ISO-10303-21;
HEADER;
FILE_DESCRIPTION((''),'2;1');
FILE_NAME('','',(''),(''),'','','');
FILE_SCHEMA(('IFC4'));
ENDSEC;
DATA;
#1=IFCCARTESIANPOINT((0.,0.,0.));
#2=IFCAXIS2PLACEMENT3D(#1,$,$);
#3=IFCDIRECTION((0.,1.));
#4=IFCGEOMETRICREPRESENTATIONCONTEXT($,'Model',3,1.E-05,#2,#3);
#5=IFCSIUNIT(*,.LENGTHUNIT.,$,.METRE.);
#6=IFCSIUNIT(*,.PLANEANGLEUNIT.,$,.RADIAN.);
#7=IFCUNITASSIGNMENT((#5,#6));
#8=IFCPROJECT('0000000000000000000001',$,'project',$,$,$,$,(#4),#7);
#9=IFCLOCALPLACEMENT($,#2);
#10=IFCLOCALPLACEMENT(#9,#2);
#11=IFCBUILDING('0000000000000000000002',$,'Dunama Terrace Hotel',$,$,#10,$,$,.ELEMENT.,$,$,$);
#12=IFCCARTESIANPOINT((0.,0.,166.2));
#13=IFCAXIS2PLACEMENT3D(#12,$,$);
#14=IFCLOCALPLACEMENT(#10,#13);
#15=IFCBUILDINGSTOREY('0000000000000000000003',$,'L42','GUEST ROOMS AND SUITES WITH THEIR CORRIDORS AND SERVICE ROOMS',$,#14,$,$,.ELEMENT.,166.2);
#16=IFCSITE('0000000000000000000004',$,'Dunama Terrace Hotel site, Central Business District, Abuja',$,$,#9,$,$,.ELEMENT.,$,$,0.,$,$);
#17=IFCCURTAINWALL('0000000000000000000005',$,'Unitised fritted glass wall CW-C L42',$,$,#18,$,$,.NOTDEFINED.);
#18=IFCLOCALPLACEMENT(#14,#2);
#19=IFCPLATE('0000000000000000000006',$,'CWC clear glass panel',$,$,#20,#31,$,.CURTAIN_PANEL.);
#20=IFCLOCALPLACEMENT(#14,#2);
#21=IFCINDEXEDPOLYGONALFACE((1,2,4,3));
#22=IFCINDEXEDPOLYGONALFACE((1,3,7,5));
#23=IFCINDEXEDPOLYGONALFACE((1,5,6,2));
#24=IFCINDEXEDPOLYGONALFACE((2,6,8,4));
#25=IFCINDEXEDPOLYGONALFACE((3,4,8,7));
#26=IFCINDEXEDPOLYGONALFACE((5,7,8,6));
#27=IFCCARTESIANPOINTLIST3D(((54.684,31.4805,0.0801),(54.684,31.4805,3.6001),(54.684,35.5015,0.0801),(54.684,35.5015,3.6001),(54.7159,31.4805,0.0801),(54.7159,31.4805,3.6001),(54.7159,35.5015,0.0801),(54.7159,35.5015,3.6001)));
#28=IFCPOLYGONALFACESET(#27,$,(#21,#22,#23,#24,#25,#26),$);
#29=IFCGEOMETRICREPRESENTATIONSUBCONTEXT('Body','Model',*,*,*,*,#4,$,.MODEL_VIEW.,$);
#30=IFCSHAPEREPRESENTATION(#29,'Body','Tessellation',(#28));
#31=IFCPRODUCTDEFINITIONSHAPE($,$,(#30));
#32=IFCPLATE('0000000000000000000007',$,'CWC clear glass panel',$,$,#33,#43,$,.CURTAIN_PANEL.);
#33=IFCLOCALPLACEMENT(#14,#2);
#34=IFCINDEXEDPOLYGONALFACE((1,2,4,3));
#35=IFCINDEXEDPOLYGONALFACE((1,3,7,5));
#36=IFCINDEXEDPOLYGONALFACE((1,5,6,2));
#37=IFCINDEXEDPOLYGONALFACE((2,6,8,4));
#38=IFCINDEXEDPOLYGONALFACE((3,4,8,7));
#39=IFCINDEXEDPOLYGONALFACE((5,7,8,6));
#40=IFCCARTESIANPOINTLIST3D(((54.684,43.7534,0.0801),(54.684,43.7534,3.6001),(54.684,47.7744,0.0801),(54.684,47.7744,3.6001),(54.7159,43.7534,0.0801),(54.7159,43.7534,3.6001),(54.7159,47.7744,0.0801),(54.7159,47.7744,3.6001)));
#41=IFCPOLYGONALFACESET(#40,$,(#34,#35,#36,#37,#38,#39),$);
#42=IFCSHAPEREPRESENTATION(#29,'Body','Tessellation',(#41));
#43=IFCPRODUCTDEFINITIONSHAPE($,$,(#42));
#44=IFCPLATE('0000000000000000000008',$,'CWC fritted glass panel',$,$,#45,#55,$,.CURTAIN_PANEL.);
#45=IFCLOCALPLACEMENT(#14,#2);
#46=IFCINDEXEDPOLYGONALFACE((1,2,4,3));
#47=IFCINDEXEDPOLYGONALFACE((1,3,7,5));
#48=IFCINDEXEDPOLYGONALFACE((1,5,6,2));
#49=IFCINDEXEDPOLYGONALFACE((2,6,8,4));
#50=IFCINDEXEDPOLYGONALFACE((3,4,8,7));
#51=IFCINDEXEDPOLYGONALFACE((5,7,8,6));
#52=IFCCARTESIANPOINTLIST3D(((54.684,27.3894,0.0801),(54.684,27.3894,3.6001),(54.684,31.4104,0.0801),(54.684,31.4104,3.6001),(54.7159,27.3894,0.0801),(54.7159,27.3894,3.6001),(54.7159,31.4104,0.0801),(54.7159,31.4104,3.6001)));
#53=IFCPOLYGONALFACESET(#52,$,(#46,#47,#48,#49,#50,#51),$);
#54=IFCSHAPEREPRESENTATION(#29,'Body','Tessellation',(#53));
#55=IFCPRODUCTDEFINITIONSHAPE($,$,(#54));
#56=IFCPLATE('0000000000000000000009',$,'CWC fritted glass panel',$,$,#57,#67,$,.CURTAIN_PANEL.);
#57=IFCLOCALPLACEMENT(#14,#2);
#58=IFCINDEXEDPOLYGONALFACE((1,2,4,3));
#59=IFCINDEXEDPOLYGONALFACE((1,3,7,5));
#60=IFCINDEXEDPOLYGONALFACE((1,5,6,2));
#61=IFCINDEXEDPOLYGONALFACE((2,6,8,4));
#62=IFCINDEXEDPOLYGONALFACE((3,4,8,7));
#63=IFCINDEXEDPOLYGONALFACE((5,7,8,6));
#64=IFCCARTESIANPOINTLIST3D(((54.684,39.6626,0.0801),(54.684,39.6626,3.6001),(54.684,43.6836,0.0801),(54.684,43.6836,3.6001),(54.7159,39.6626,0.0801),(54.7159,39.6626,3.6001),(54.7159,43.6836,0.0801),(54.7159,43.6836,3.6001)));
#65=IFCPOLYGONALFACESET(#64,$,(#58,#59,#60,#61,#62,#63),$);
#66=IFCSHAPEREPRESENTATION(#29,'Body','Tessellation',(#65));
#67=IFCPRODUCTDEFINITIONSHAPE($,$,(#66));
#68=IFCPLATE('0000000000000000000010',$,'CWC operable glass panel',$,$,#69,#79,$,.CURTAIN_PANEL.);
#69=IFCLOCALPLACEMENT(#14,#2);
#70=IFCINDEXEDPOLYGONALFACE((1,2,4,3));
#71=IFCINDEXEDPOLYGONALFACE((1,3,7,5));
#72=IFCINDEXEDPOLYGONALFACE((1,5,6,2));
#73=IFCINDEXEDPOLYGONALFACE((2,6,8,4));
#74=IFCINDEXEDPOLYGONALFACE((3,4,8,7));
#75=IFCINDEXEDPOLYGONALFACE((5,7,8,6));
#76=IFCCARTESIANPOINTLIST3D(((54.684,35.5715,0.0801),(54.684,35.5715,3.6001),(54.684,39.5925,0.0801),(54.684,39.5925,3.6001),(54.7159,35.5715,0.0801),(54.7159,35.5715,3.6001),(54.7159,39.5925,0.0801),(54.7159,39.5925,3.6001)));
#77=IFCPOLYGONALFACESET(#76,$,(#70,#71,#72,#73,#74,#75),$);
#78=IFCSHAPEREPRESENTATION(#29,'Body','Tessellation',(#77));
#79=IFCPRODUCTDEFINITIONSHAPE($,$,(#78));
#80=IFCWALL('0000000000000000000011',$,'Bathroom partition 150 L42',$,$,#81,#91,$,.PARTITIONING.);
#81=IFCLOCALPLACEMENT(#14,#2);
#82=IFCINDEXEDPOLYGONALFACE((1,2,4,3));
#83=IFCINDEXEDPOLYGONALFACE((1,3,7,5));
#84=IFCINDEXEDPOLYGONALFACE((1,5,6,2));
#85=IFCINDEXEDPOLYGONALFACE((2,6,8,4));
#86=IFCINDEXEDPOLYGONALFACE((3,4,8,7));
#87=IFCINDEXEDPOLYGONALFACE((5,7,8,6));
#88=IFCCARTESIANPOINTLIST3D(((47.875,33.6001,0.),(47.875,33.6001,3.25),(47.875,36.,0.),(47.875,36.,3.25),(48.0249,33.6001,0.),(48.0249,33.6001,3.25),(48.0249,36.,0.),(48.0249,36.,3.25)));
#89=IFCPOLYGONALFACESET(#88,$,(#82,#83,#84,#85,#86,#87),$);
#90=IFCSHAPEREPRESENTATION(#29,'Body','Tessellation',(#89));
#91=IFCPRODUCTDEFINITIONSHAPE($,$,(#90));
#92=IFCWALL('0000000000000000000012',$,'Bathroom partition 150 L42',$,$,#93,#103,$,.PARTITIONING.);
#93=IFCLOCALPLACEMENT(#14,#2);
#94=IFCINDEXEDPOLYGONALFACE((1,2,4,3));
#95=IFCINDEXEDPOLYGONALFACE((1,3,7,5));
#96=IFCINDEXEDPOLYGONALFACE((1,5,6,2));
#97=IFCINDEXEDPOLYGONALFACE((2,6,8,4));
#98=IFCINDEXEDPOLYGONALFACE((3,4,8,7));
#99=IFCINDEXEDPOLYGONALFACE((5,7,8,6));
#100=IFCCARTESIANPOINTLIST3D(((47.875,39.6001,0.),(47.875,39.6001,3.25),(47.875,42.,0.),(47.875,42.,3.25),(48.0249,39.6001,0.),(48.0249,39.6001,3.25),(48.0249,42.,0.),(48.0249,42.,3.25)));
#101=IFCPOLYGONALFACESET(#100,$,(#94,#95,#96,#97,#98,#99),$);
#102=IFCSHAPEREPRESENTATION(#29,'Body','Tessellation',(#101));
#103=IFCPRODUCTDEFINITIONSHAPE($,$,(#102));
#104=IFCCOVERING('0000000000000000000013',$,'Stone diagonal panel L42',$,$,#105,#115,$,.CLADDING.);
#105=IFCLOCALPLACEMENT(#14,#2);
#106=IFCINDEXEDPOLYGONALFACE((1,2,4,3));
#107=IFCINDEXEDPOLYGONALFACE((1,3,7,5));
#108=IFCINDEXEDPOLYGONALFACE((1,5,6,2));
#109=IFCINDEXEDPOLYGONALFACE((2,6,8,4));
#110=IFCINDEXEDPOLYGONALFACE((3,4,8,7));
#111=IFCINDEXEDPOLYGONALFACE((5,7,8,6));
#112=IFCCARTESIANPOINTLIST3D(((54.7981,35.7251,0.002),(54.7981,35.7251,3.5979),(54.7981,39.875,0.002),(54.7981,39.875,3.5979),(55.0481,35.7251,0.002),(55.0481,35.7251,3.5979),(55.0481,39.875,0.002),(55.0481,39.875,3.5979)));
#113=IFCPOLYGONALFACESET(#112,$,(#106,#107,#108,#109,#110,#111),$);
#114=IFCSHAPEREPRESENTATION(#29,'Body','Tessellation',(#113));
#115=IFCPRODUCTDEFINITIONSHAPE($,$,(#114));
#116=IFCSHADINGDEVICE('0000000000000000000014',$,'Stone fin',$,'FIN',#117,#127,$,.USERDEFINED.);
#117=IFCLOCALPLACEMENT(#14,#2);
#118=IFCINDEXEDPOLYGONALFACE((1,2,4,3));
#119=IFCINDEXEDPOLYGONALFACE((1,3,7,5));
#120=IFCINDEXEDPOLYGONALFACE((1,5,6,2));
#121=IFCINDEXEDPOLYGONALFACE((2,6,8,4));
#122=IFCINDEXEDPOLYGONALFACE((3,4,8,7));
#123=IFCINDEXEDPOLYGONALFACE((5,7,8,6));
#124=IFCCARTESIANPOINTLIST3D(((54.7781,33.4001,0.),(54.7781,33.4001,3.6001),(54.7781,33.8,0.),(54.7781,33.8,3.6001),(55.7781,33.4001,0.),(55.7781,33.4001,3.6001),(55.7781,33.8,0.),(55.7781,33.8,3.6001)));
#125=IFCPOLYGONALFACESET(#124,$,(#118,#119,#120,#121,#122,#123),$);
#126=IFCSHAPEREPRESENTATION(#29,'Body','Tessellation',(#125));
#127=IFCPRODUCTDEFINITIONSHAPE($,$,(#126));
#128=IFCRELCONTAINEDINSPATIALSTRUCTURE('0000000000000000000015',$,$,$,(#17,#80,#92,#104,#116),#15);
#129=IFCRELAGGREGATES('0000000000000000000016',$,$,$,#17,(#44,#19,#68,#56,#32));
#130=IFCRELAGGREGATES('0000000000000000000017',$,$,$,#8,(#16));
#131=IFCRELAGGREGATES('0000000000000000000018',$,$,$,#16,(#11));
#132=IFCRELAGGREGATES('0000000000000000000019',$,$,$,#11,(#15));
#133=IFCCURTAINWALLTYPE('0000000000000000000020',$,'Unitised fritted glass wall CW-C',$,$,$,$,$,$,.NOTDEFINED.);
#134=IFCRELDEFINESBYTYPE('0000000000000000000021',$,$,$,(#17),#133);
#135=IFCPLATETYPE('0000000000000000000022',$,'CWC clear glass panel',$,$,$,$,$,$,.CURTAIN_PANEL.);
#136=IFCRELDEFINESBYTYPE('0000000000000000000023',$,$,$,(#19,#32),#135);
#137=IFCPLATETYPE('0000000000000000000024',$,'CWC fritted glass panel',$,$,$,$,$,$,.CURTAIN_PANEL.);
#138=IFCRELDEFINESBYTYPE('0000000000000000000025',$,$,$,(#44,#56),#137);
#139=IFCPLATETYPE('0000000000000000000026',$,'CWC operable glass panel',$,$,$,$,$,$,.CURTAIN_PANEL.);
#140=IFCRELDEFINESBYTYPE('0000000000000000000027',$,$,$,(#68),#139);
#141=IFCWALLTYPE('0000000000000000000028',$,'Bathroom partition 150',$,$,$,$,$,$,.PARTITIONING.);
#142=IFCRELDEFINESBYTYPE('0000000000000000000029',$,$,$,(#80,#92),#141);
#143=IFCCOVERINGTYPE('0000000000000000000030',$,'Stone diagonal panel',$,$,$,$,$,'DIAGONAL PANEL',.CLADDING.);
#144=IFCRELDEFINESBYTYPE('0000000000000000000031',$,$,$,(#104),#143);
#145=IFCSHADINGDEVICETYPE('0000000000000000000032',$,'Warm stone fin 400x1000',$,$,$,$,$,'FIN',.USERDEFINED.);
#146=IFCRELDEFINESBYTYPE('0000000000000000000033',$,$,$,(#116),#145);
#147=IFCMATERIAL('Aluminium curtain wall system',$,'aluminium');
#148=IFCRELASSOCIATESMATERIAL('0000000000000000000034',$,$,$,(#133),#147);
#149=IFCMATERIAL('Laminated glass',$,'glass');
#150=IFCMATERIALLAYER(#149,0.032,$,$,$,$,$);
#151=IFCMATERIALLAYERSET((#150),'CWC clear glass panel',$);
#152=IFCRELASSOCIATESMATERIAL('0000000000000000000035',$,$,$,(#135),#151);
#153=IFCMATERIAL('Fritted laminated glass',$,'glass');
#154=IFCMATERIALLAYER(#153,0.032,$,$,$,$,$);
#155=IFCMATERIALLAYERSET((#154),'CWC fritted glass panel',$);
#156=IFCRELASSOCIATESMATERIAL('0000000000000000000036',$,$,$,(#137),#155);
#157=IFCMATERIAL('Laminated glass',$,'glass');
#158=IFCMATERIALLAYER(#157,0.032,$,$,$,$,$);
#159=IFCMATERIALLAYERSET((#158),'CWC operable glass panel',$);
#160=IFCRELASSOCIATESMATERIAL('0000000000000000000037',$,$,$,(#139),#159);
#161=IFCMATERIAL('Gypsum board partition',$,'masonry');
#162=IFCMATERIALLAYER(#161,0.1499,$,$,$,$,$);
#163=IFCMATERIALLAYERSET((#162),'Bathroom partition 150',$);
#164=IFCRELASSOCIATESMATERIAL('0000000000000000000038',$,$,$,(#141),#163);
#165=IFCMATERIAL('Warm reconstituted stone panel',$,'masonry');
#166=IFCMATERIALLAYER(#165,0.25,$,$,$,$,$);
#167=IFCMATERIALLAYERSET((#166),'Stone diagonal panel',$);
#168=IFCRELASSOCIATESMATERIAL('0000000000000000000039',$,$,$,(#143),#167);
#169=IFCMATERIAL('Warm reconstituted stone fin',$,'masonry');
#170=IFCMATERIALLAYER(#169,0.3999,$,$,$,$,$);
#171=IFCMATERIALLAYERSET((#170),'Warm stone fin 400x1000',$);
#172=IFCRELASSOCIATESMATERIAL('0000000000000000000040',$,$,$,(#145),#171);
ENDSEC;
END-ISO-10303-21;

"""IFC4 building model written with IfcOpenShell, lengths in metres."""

from ifc_helpers import new_model, si_unit, direction, frame, frame_2d, origin, origin_2d, place, context, subcontext, project, spatial, rectangle, extrude, material, layer, layer_set, type_object, element, aggregate, save


model = new_model("IFC4")

# Units and contexts
model_context = context("Model", 3, precision=1e-05, world=origin(), true_north=direction((0.0, 1.0)))
body_context = subcontext(model_context, "Body", "Model", "MODEL_VIEW")
ifc_project = project(units=[si_unit("LENGTHUNIT", "METRE"), si_unit("PLANEANGLEUNIT", "RADIAN")], contexts=[model_context])

# Site, building, storey
site_placement = place(None, origin())
site = spatial("IfcSite", under=ifc_project, at=site_placement, Name="Dunama Terrace Hotel site, Central Business District, Abuja", CompositionType="ELEMENT", RefElevation=0.0)
building_placement = place(site_placement, origin())
building = spatial("IfcBuilding", under=site, at=building_placement, Name="Dunama Terrace Hotel", CompositionType="ELEMENT")
storey_placement = place(building_placement, frame((0.0, 0.0, 166.2)))
storey = spatial("IfcBuildingStorey", under=building, at=storey_placement, Name="L42", Description="GUEST ROOMS AND SUITES WITH THEIR CORRIDORS AND SERVICE ROOMS", CompositionType="ELEMENT", Elevation=166.2)

# Curtain wall
ifc_material_1 = material(Name="Aluminium curtain wall system", Category="aluminium")
curtain_wall_type = type_object("IfcCurtainWallType", Name="Unitised fritted glass wall CW-C", PredefinedType="NOTDEFINED", material=ifc_material_1)
curtain_wall_placement = place(storey_placement, origin())
curtain_wall = element("IfcCurtainWall", 1, at=curtain_wall_placement, inside=storey, type_object=curtain_wall_type, Name="Unitised fritted glass wall CW-C L42", PredefinedType="NOTDEFINED")

# Plates
ifc_material_2 = material(Name="Laminated glass", Category="glass")
ifc_layer_1 = layer(ifc_material_2, 0.032)
ifc_layer_set_1 = layer_set([ifc_layer_1], Name="CWC clear glass panel")
plate_type_1 = type_object("IfcPlateType", Name="CWC clear glass panel", PredefinedType="CURTAIN_PANEL", material=ifc_layer_set_1)
plate_1_placement = place(storey_placement, frame((54.7, 33.491, 0.0801), z_axis=(0.0, 0.0, 1.0), x_axis=(0.0, 1.0, 0.0)))
plate_1 = element("IfcPlate", 2, at=plate_1_placement, type_object=plate_type_1, Name="CWC clear glass panel", PredefinedType="CURTAIN_PANEL", context=body_context, shape_type="SweptSolid", body=[
    extrude(rectangle(XDim=4.021, YDim=0.032, at=origin_2d()), origin(), (0.0, 0.0, 1.0), 3.52),
])
plate_2_placement = place(storey_placement, frame((54.7, 45.7639, 0.0801), z_axis=(0.0, 0.0, 1.0), x_axis=(0.0, 1.0, 0.0)))
plate_2 = element("IfcPlate", 3, at=plate_2_placement, type_object=plate_type_1, Name="CWC clear glass panel", PredefinedType="CURTAIN_PANEL", context=body_context, shape_type="SweptSolid", body=[
    extrude(rectangle(XDim=4.021, YDim=0.032, at=origin_2d()), origin(), (0.0, 0.0, 1.0), 3.52),
])
ifc_material_3 = material(Name="Fritted laminated glass", Category="glass")
ifc_layer_2 = layer(ifc_material_3, 0.032)
ifc_layer_set_2 = layer_set([ifc_layer_2], Name="CWC fritted glass panel")
plate_type_2 = type_object("IfcPlateType", Name="CWC fritted glass panel", PredefinedType="CURTAIN_PANEL", material=ifc_layer_set_2)
plate_3_placement = place(storey_placement, frame((54.7, 29.3999, 0.0801), z_axis=(0.0, 0.0, 1.0), x_axis=(0.0, 1.0, 0.0)))
plate_3 = element("IfcPlate", 4, at=plate_3_placement, type_object=plate_type_2, Name="CWC fritted glass panel", PredefinedType="CURTAIN_PANEL", context=body_context, shape_type="SweptSolid", body=[
    extrude(rectangle(XDim=4.021, YDim=0.032, at=origin_2d()), origin(), (0.0, 0.0, 1.0), 3.52),
])
plate_4_placement = place(storey_placement, frame((54.7, 41.6731, 0.0801), z_axis=(0.0, 0.0, 1.0), x_axis=(0.0, 1.0, 0.0)))
plate_4 = element("IfcPlate", 5, at=plate_4_placement, type_object=plate_type_2, Name="CWC fritted glass panel", PredefinedType="CURTAIN_PANEL", context=body_context, shape_type="SweptSolid", body=[
    extrude(rectangle(XDim=4.021, YDim=0.032, at=origin_2d()), origin(), (0.0, 0.0, 1.0), 3.52),
])
ifc_material_4 = material(Name="Laminated glass", Category="glass")
ifc_layer_3 = layer(ifc_material_4, 0.032)
ifc_layer_set_3 = layer_set([ifc_layer_3], Name="CWC operable glass panel")
plate_type_3 = type_object("IfcPlateType", Name="CWC operable glass panel", PredefinedType="CURTAIN_PANEL", material=ifc_layer_set_3)
plate_5_placement = place(storey_placement, frame((54.7, 37.582, 0.0801), z_axis=(0.0, 0.0, 1.0), x_axis=(0.0, 1.0, 0.0)))
plate_5 = element("IfcPlate", 6, at=plate_5_placement, type_object=plate_type_3, Name="CWC operable glass panel", PredefinedType="CURTAIN_PANEL", context=body_context, shape_type="SweptSolid", body=[
    extrude(rectangle(XDim=4.021, YDim=0.032, at=origin_2d()), origin(), (0.0, 0.0, 1.0), 3.52),
])
aggregate(curtain_wall, [plate_3, plate_1, plate_5, plate_4, plate_2])

# Walls
ifc_material_5 = material(Name="Gypsum board partition", Category="masonry")
ifc_layer_4 = layer(ifc_material_5, 0.1499)
ifc_layer_set_4 = layer_set([ifc_layer_4], Name="Bathroom partition 150")
wall_type = type_object("IfcWallType", Name="Bathroom partition 150", PredefinedType="PARTITIONING", material=ifc_layer_set_4)
for number, where, z_axis, x_axis, name in (
    (7, (47.95, 33.6001, 0.0), (0.0, 0.0, 1.0), (0.0, 1.0, 0.0), "Bathroom partition 150 L42"),
    (8, (47.95, 39.6001, 0.0), (0.0, 0.0, 1.0), (0.0, 1.0, 0.0), "Bathroom partition 150 L42"),
):
    element("IfcWall", number, at=place(storey_placement, frame(where, z_axis=z_axis, x_axis=x_axis)), inside=storey, type_object=wall_type, Name=name, PredefinedType="PARTITIONING", context=body_context, shape_type="SweptSolid", body=[
        extrude(rectangle(XDim=2.3999, YDim=0.1499, at=frame_2d((1.2, 0.0))), origin(), (0.0, 0.0, 1.0), 3.25),
    ])

# Covering
ifc_material_6 = material(Name="Warm reconstituted stone panel", Category="masonry")
ifc_layer_5 = layer(ifc_material_6, 0.25)
ifc_layer_set_5 = layer_set([ifc_layer_5], Name="Stone diagonal panel")
covering_type = type_object("IfcCoveringType", Name="Stone diagonal panel", ElementType="DIAGONAL PANEL", PredefinedType="CLADDING", material=ifc_layer_set_5)
covering_placement = place(storey_placement, frame((54.9231, 37.8, 0.002), z_axis=(0.0, 0.0, 1.0), x_axis=(0.0, 1.0, 0.0)))
element("IfcCovering", 9, at=covering_placement, inside=storey, type_object=covering_type, Name="Stone diagonal panel L42", PredefinedType="CLADDING", context=body_context, shape_type="SweptSolid", body=[
    extrude(rectangle(XDim=4.1499, YDim=0.25, at=origin_2d()), origin(), (0.0, 0.0, 1.0), 3.5959),
])

# Shading device
ifc_material_7 = material(Name="Warm reconstituted stone fin", Category="masonry")
ifc_layer_6 = layer(ifc_material_7, 0.3999)
ifc_layer_set_6 = layer_set([ifc_layer_6], Name="Warm stone fin 400x1000")
shading_device_type = type_object("IfcShadingDeviceType", Name="Warm stone fin 400x1000", ElementType="FIN", PredefinedType="USERDEFINED", material=ifc_layer_set_6)
shading_device_placement = place(storey_placement, frame((55.2781, 33.6001, 0.0), z_axis=(0.0, 0.0, 1.0), x_axis=(0.0, 1.0, 0.0)))
element("IfcShadingDevice", 10, at=shading_device_placement, inside=storey, type_object=shading_device_type, Name="Stone fin", ObjectType="FIN", PredefinedType="USERDEFINED", context=body_context, shape_type="SweptSolid", body=[
    extrude(rectangle(XDim=0.3999, YDim=1.0, at=origin_2d()), origin(), (0.0, 0.0, 1.0), 3.6001),
])

save(model, "model.ifc")
